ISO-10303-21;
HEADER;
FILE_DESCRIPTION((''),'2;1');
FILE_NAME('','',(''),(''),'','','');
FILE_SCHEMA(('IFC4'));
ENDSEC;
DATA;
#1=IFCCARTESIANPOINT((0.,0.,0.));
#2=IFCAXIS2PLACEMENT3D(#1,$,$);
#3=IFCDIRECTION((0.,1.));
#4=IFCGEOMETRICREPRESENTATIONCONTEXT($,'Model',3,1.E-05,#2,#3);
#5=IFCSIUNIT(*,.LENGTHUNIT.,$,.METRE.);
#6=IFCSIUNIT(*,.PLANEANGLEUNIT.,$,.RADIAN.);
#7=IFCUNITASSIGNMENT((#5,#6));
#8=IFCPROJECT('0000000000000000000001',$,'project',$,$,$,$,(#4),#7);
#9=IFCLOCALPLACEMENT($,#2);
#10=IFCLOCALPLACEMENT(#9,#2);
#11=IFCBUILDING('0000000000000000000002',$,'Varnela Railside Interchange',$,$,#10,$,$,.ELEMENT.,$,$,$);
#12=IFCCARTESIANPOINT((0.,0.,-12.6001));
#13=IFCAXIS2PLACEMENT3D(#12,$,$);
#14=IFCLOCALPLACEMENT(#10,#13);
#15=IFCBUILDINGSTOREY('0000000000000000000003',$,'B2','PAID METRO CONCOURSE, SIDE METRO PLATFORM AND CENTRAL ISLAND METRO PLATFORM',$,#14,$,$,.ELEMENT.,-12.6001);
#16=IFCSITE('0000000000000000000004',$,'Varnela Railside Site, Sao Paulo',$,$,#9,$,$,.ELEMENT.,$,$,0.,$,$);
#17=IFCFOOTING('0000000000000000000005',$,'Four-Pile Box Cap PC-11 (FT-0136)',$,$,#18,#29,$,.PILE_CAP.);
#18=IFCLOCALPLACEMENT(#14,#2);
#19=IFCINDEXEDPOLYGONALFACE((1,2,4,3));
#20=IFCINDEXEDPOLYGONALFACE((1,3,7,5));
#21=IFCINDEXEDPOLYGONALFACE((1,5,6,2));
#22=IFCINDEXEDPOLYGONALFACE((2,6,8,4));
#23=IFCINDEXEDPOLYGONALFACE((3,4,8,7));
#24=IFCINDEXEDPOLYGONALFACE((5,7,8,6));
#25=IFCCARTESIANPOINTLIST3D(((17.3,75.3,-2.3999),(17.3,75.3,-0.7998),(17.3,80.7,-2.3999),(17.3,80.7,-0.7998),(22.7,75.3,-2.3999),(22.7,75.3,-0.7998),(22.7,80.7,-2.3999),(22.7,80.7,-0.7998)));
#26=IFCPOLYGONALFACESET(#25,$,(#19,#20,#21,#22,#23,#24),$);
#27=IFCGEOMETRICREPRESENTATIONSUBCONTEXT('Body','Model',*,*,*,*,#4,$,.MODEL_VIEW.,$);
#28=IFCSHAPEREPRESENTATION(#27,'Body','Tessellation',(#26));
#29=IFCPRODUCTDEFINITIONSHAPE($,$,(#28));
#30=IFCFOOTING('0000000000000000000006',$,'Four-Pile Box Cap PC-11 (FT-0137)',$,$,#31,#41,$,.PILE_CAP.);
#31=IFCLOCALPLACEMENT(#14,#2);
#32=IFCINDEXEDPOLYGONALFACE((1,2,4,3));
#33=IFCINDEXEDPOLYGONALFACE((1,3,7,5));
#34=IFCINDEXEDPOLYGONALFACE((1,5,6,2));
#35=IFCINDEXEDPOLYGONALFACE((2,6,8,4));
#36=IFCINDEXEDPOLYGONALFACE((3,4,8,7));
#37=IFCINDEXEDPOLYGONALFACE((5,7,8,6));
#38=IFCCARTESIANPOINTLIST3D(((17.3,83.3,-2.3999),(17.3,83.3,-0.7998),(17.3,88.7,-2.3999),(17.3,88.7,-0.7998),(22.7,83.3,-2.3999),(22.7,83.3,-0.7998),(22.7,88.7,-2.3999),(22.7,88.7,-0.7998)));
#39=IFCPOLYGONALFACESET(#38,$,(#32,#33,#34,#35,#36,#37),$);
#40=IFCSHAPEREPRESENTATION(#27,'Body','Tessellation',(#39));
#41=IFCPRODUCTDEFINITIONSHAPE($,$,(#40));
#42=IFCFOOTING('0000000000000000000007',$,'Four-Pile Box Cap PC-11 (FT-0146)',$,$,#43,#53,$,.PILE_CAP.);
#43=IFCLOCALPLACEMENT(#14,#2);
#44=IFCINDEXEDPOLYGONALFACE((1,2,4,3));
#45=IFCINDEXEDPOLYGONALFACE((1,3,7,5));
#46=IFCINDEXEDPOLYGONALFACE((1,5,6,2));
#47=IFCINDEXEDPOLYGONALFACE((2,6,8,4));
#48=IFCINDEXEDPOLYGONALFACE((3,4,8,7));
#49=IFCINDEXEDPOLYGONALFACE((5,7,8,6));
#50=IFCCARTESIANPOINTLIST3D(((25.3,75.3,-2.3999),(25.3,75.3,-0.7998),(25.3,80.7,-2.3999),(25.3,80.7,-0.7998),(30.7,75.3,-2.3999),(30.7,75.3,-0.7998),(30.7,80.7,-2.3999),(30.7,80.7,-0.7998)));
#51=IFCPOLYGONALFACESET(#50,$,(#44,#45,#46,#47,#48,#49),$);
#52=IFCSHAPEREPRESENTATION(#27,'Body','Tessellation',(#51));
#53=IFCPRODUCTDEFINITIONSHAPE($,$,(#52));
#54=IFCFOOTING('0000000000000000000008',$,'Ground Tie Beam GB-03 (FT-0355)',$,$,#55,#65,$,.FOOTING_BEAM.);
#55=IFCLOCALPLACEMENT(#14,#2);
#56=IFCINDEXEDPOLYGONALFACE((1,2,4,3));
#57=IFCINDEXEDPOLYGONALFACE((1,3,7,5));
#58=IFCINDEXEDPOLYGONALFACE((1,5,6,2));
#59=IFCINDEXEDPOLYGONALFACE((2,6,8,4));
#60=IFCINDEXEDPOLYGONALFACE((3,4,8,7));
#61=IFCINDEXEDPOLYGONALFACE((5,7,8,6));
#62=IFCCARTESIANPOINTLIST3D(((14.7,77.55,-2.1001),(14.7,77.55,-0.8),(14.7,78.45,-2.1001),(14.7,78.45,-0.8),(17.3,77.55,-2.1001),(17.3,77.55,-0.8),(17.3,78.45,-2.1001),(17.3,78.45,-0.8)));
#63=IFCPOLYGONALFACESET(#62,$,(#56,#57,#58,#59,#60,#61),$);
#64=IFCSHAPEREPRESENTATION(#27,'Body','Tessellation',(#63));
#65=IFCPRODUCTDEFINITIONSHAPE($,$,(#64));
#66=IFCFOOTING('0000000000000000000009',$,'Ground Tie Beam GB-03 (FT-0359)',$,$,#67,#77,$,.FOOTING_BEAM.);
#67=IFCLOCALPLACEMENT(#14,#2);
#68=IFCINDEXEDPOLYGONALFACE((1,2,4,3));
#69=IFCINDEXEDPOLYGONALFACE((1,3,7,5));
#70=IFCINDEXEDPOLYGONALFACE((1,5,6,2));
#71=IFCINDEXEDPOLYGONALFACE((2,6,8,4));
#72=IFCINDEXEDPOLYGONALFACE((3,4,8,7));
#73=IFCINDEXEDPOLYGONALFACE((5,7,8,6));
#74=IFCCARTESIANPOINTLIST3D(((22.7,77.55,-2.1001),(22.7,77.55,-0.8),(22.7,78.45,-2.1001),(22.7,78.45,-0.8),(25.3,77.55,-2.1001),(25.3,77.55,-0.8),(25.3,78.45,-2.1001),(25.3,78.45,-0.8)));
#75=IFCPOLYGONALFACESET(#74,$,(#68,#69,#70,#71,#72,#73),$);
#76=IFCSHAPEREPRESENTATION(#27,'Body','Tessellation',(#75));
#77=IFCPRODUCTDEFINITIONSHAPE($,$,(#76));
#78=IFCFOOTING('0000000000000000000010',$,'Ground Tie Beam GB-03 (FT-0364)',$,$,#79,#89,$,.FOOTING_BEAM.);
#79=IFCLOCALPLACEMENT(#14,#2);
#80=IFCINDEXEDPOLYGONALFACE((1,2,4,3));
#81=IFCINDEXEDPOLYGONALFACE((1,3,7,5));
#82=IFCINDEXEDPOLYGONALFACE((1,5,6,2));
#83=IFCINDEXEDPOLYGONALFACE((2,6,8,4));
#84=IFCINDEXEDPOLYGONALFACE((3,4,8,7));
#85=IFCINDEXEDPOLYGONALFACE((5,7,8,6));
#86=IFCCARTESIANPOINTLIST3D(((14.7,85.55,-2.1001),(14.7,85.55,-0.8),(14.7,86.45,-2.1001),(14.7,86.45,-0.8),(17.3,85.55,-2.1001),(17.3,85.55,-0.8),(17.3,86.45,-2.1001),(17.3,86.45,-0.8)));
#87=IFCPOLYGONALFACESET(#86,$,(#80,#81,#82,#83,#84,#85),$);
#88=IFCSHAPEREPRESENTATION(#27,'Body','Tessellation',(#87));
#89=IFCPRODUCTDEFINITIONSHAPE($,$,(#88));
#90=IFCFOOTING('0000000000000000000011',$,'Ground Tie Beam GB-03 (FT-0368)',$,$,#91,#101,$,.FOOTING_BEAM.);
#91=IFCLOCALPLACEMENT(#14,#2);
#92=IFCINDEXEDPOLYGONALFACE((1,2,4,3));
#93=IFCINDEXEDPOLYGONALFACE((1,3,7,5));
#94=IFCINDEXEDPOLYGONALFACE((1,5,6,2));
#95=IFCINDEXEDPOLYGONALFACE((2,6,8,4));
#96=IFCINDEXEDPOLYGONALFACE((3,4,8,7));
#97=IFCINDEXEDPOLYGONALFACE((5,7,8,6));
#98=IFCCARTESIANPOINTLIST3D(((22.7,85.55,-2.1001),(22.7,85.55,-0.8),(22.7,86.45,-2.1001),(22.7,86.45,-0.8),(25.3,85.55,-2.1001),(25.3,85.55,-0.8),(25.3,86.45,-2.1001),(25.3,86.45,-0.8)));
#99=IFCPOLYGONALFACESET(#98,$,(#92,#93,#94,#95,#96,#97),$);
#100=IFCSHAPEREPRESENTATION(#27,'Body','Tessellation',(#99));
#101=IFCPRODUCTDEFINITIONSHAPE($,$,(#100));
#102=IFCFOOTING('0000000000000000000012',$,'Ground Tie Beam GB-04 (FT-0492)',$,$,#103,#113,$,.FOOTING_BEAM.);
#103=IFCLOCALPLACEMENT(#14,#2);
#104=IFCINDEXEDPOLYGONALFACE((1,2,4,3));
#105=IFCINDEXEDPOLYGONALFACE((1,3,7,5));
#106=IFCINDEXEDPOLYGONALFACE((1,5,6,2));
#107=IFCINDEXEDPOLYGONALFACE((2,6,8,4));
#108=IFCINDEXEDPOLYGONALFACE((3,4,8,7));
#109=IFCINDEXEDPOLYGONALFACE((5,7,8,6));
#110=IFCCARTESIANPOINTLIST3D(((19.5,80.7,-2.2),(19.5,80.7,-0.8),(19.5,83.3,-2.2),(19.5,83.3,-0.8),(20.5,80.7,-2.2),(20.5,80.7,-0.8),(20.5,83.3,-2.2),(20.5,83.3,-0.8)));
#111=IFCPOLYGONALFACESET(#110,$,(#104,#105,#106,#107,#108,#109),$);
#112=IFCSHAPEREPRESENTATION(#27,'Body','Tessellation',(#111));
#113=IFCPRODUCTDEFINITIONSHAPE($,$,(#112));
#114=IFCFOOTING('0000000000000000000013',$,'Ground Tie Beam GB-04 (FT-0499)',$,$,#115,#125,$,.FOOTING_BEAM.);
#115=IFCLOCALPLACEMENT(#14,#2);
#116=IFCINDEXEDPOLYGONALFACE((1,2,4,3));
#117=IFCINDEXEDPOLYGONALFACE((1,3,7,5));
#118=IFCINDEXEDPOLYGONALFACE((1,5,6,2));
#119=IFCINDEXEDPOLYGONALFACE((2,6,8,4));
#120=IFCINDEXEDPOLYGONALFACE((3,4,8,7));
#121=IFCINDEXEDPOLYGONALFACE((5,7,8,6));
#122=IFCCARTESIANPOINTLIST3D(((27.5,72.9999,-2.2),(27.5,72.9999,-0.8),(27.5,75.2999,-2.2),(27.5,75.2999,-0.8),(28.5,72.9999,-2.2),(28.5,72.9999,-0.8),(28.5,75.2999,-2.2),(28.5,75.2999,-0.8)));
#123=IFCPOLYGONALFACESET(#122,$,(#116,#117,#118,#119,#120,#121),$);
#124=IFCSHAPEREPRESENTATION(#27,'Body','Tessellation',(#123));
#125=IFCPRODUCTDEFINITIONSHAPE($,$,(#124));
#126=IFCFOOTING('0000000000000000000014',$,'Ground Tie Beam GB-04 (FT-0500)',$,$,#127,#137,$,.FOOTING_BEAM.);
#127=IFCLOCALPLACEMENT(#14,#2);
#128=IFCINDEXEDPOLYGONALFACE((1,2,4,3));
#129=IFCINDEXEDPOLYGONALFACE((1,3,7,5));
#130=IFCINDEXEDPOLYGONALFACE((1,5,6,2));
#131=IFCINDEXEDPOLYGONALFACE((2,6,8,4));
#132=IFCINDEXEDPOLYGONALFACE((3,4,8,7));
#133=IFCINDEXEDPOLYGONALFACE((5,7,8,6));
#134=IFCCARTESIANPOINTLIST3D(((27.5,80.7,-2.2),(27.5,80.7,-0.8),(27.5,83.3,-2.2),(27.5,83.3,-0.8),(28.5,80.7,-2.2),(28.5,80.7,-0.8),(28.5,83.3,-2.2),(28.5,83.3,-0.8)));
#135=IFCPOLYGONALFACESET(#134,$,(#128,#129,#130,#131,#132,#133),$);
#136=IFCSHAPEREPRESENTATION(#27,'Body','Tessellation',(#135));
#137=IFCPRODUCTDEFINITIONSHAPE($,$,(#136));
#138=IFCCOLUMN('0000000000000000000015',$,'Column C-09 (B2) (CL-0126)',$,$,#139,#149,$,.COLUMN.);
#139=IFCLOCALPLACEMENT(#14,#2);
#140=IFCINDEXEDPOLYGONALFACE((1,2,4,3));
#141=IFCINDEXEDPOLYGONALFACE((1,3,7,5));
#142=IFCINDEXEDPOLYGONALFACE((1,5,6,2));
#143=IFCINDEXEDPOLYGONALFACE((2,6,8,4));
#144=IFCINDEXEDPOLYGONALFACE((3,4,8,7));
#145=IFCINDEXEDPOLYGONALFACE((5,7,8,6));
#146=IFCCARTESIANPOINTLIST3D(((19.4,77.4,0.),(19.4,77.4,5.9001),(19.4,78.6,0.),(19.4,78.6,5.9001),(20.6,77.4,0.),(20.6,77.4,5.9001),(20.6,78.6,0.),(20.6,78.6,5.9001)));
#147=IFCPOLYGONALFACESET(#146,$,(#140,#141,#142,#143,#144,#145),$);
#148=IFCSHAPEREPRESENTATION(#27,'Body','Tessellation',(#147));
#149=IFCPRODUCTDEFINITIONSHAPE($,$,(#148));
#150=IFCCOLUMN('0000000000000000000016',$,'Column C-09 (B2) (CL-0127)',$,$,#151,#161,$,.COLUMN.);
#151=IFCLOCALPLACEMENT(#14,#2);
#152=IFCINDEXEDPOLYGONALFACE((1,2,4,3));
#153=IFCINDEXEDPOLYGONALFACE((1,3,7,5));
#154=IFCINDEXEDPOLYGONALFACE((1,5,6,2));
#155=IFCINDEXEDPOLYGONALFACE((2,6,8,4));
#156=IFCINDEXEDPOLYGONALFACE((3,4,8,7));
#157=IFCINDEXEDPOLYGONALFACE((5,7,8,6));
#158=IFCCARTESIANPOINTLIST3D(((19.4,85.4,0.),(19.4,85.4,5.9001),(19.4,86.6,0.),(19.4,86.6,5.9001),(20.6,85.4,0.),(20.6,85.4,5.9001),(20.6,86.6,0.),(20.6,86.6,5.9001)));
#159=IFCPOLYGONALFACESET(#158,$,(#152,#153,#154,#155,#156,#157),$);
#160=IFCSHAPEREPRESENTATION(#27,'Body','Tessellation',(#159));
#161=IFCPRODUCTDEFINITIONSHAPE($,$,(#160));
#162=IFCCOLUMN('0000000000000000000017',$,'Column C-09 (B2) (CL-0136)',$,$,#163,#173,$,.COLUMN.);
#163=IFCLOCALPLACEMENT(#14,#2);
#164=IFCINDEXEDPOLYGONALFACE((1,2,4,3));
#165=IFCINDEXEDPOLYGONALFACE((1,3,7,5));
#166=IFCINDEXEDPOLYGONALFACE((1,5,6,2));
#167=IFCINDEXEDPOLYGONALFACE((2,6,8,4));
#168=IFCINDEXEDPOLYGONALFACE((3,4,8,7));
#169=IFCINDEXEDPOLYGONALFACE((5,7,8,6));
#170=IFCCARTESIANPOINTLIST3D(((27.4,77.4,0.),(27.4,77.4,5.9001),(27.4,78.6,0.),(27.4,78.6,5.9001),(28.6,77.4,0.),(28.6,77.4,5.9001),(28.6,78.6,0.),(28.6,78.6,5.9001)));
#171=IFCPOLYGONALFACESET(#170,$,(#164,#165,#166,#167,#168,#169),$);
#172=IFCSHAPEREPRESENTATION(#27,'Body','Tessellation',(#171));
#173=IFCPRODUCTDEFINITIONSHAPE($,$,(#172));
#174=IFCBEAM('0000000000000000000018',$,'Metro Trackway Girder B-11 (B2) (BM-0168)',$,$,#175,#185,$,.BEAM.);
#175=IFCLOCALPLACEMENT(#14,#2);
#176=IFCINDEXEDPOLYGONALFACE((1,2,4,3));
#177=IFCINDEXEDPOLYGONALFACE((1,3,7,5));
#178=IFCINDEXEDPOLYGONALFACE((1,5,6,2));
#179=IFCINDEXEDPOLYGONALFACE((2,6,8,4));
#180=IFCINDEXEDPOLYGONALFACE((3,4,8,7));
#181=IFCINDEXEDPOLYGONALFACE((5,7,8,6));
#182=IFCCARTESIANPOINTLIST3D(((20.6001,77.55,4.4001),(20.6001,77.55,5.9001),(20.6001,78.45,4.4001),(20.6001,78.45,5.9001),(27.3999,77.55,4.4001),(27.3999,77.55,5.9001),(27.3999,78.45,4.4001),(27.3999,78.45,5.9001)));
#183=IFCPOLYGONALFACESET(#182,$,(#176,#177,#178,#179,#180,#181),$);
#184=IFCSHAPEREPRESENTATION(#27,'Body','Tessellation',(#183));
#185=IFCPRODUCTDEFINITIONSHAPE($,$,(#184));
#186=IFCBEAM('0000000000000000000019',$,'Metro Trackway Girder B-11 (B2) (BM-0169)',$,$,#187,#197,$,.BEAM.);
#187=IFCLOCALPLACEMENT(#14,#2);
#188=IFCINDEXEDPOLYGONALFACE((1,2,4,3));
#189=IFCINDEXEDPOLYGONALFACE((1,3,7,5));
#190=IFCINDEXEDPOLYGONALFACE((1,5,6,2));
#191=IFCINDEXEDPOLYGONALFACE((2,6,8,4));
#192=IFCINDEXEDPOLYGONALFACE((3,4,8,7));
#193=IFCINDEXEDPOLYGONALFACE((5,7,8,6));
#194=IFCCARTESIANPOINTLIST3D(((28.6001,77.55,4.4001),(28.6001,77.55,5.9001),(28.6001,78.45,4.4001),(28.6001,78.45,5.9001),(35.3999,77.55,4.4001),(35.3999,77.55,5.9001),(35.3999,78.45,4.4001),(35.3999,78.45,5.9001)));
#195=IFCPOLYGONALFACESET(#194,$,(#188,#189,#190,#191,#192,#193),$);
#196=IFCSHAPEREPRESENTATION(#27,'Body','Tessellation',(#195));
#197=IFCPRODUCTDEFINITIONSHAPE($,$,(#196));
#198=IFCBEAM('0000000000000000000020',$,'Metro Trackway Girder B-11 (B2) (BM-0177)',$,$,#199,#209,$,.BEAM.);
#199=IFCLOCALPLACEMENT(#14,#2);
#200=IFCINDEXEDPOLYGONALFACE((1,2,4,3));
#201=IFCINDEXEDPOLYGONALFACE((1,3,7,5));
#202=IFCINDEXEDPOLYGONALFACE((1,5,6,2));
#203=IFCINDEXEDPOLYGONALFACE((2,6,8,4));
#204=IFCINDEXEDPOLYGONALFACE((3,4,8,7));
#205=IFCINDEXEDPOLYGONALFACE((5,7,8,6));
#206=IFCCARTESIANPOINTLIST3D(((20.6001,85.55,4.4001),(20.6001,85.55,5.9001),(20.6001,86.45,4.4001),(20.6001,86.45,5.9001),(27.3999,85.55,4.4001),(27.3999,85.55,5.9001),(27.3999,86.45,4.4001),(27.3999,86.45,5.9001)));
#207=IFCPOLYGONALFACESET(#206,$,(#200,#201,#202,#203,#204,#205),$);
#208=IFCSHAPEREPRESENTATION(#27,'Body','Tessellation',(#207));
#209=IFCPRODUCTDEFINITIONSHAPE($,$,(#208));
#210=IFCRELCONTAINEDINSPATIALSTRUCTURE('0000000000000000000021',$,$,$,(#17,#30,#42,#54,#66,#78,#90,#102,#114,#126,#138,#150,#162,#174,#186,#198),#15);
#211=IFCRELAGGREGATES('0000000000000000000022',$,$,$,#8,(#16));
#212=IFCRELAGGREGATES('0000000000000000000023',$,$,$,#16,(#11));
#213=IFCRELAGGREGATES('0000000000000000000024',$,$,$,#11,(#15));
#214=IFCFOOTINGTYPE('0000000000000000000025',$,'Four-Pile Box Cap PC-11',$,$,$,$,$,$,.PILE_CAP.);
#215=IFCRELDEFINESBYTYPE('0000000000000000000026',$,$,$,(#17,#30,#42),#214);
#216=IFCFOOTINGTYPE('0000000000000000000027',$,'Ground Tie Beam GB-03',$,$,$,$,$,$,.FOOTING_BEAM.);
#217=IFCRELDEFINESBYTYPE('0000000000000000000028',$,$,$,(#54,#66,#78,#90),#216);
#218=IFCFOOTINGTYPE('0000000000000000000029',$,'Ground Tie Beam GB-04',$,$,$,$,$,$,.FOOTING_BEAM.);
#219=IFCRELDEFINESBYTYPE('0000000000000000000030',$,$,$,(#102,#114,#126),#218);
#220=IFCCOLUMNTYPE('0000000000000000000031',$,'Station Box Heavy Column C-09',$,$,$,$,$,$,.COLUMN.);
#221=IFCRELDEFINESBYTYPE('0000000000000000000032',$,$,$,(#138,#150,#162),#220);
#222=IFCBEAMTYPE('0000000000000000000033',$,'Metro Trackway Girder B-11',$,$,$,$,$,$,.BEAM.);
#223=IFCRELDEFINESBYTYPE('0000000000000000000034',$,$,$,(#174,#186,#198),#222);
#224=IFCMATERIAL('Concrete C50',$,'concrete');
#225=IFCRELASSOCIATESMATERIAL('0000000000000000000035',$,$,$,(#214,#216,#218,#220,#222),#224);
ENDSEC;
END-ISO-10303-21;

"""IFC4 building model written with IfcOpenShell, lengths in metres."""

from ifc_helpers import new_model, si_unit, direction, frame, origin, origin_2d, place, context, subcontext, project, spatial, rectangle, extrude, material, material_profile, profile_set, type_object, element, save


model = new_model("IFC4")

# Units and contexts
model_context = context("Model", 3, precision=1e-05, world=origin(), true_north=direction((0.0, 1.0)))
body_context = subcontext(model_context, "Body", "Model", "MODEL_VIEW")
ifc_project = project(units=[si_unit("LENGTHUNIT", "METRE"), si_unit("PLANEANGLEUNIT", "RADIAN")], contexts=[model_context])

# Site, building, storey
site_placement = place(None, origin())
site = spatial("IfcSite", under=ifc_project, at=site_placement, Name="Varnela Railside Site, Sao Paulo", CompositionType="ELEMENT", RefElevation=0.0)
building_placement = place(site_placement, origin())
building = spatial("IfcBuilding", under=site, at=building_placement, Name="Varnela Railside Interchange", CompositionType="ELEMENT")
storey_placement = place(building_placement, frame((0.0, 0.0, -12.6001)))
storey = spatial("IfcBuildingStorey", under=building, at=storey_placement, Name="B2", Description="PAID METRO CONCOURSE, SIDE METRO PLATFORM AND CENTRAL ISLAND METRO PLATFORM", CompositionType="ELEMENT", Elevation=-12.6001)

# Footings
ifc_material_1 = material(Name="Concrete C50", Category="concrete")
footing_type_1 = type_object("IfcFootingType", Name="Four-Pile Box Cap PC-11", PredefinedType="PILE_CAP", material=ifc_material_1)
for number, where, z_axis, x_axis, name in (
    (1, (20.0, 78.0, -2.3999), (0.0, 0.0, 1.0), (1.0, 0.0, 0.0), "Four-Pile Box Cap PC-11 (FT-0136)"),
    (2, (20.0, 86.0, -2.3999), (0.0, 0.0, 1.0), (1.0, 0.0, 0.0), "Four-Pile Box Cap PC-11 (FT-0137)"),
    (3, (28.0, 78.0, -2.3999), (0.0, 0.0, 1.0), (1.0, 0.0, 0.0), "Four-Pile Box Cap PC-11 (FT-0146)"),
):
    element("IfcFooting", number, at=place(storey_placement, frame(where, z_axis=z_axis, x_axis=x_axis)), inside=storey, type_object=footing_type_1, Name=name, PredefinedType="PILE_CAP", context=body_context, shape_type="SweptSolid", body=[
        extrude(rectangle(XDim=5.3999, YDim=5.3999, at=origin_2d()), origin(), (0.0, 0.0, 1.0), 1.6001),
    ])
footing_type_2 = type_object("IfcFootingType", Name="Ground Tie Beam GB-03", PredefinedType="FOOTING_BEAM", material=ifc_material_1)
for number, where, z_axis, x_axis, name in (
    (4, (16.0, 78.0, -2.1001), (0.0, 0.0, 1.0), (1.0, 0.0, 0.0), "Ground Tie Beam GB-03 (FT-0355)"),
    (5, (24.0, 78.0, -2.1001), (0.0, 0.0, 1.0), (1.0, 0.0, 0.0), "Ground Tie Beam GB-03 (FT-0359)"),
    (6, (16.0, 86.0, -2.1001), (0.0, 0.0, 1.0), (1.0, 0.0, 0.0), "Ground Tie Beam GB-03 (FT-0364)"),
    (7, (24.0, 86.0, -2.1001), (0.0, 0.0, 1.0), (1.0, 0.0, 0.0), "Ground Tie Beam GB-03 (FT-0368)"),
):
    element("IfcFooting", number, at=place(storey_placement, frame(where, z_axis=z_axis, x_axis=x_axis)), inside=storey, type_object=footing_type_2, Name=name, PredefinedType="FOOTING_BEAM", context=body_context, shape_type="SweptSolid", body=[
        extrude(rectangle(XDim=2.6001, YDim=0.8999, at=origin_2d()), origin(), (0.0, 0.0, 1.0), 1.3),
    ])
footing_type_3 = type_object("IfcFootingType", Name="Ground Tie Beam GB-04", PredefinedType="FOOTING_BEAM", material=ifc_material_1)
footing_1_placement = place(storey_placement, frame((20.0, 82.0, -2.2), z_axis=(0.0, 0.0, 1.0), x_axis=(1.0, 0.0, 0.0)))
element("IfcFooting", 8, at=footing_1_placement, inside=storey, type_object=footing_type_3, Name="Ground Tie Beam GB-04 (FT-0492)", PredefinedType="FOOTING_BEAM", context=body_context, shape_type="SweptSolid", body=[
    extrude(rectangle(XDim=1.0, YDim=2.6001, at=origin_2d()), origin(), (0.0, 0.0, 1.0), 1.3999),
])
footing_2_placement = place(storey_placement, frame((28.0, 74.1499, -2.2), z_axis=(0.0, 0.0, 1.0), x_axis=(1.0, 0.0, 0.0)))
element("IfcFooting", 9, at=footing_2_placement, inside=storey, type_object=footing_type_3, Name="Ground Tie Beam GB-04 (FT-0499)", PredefinedType="FOOTING_BEAM", context=body_context, shape_type="SweptSolid", body=[
    extrude(rectangle(XDim=1.0, YDim=2.3, at=origin_2d()), origin(), (0.0, 0.0, 1.0), 1.3999),
])
footing_3_placement = place(storey_placement, frame((28.0, 82.0, -2.2), z_axis=(0.0, 0.0, 1.0), x_axis=(1.0, 0.0, 0.0)))
element("IfcFooting", 10, at=footing_3_placement, inside=storey, type_object=footing_type_3, Name="Ground Tie Beam GB-04 (FT-0500)", PredefinedType="FOOTING_BEAM", context=body_context, shape_type="SweptSolid", body=[
    extrude(rectangle(XDim=1.0, YDim=2.6001, at=origin_2d()), origin(), (0.0, 0.0, 1.0), 1.3999),
])

# Columns
ifc_material_profile_1 = material_profile(ifc_material_1, rectangle(XDim=1.2, YDim=1.2, at=origin_2d()), Name="RC 1200x1200")
ifc_profile_set_1 = profile_set([ifc_material_profile_1], Name="Concrete C50")
column_type = type_object("IfcColumnType", Name="Station Box Heavy Column C-09", PredefinedType="COLUMN", material=ifc_profile_set_1)
for number, where, z_axis, x_axis, name in (
    (11, (20.0, 78.0, 0.0), (0.0, 0.0, 1.0), (1.0, 0.0, 0.0), "Column C-09 (B2) (CL-0126)"),
    (12, (20.0, 86.0, 0.0), (0.0, 0.0, 1.0), (1.0, 0.0, 0.0), "Column C-09 (B2) (CL-0127)"),
    (13, (28.0, 78.0, 0.0), (0.0, 0.0, 1.0), (1.0, 0.0, 0.0), "Column C-09 (B2) (CL-0136)"),
):
    element("IfcColumn", number, at=place(storey_placement, frame(where, z_axis=z_axis, x_axis=x_axis)), inside=storey, type_object=column_type, Name=name, PredefinedType="COLUMN", context=body_context, shape_type="SweptSolid", body=[
        extrude(rectangle(XDim=1.2, YDim=1.2, at=origin_2d()), origin(), (0.0, 0.0, 1.0), 5.9001),
    ])

# Beams
ifc_material_profile_2 = material_profile(ifc_material_1, rectangle(XDim=0.8999, YDim=1.5, at=origin_2d()), Name="RC 900x1500")
ifc_profile_set_2 = profile_set([ifc_material_profile_2], Name="Concrete C50")
beam_type_1 = type_object("IfcBeamType", Name="Metro Trackway Girder B-11", PredefinedType="BEAM", material=ifc_profile_set_2)
for number, where, z_axis, x_axis, name in (
    (14, (20.6001, 78.0, 5.1501), (1.0, 0.0, 0.0), (0.0, 1.0, 0.0), "Metro Trackway Girder B-11 (B2) (BM-0168)"),
    (15, (28.6001, 78.0, 5.1501), (1.0, 0.0, 0.0), (0.0, 1.0, 0.0), "Metro Trackway Girder B-11 (B2) (BM-0169)"),
    (16, (20.6001, 86.0, 5.1501), (1.0, 0.0, 0.0), (0.0, 1.0, 0.0), "Metro Trackway Girder B-11 (B2) (BM-0177)"),
):
    element("IfcBeam", number, at=place(storey_placement, frame(where, z_axis=z_axis, x_axis=x_axis)), inside=storey, type_object=beam_type_1, Name=name, PredefinedType="BEAM", context=body_context, shape_type="SweptSolid", body=[
        extrude(rectangle(XDim=0.8999, YDim=1.5, at=origin_2d()), origin(), (0.0, 0.0, 1.0), 6.7998),
    ])

save(model, "model.ifc")
